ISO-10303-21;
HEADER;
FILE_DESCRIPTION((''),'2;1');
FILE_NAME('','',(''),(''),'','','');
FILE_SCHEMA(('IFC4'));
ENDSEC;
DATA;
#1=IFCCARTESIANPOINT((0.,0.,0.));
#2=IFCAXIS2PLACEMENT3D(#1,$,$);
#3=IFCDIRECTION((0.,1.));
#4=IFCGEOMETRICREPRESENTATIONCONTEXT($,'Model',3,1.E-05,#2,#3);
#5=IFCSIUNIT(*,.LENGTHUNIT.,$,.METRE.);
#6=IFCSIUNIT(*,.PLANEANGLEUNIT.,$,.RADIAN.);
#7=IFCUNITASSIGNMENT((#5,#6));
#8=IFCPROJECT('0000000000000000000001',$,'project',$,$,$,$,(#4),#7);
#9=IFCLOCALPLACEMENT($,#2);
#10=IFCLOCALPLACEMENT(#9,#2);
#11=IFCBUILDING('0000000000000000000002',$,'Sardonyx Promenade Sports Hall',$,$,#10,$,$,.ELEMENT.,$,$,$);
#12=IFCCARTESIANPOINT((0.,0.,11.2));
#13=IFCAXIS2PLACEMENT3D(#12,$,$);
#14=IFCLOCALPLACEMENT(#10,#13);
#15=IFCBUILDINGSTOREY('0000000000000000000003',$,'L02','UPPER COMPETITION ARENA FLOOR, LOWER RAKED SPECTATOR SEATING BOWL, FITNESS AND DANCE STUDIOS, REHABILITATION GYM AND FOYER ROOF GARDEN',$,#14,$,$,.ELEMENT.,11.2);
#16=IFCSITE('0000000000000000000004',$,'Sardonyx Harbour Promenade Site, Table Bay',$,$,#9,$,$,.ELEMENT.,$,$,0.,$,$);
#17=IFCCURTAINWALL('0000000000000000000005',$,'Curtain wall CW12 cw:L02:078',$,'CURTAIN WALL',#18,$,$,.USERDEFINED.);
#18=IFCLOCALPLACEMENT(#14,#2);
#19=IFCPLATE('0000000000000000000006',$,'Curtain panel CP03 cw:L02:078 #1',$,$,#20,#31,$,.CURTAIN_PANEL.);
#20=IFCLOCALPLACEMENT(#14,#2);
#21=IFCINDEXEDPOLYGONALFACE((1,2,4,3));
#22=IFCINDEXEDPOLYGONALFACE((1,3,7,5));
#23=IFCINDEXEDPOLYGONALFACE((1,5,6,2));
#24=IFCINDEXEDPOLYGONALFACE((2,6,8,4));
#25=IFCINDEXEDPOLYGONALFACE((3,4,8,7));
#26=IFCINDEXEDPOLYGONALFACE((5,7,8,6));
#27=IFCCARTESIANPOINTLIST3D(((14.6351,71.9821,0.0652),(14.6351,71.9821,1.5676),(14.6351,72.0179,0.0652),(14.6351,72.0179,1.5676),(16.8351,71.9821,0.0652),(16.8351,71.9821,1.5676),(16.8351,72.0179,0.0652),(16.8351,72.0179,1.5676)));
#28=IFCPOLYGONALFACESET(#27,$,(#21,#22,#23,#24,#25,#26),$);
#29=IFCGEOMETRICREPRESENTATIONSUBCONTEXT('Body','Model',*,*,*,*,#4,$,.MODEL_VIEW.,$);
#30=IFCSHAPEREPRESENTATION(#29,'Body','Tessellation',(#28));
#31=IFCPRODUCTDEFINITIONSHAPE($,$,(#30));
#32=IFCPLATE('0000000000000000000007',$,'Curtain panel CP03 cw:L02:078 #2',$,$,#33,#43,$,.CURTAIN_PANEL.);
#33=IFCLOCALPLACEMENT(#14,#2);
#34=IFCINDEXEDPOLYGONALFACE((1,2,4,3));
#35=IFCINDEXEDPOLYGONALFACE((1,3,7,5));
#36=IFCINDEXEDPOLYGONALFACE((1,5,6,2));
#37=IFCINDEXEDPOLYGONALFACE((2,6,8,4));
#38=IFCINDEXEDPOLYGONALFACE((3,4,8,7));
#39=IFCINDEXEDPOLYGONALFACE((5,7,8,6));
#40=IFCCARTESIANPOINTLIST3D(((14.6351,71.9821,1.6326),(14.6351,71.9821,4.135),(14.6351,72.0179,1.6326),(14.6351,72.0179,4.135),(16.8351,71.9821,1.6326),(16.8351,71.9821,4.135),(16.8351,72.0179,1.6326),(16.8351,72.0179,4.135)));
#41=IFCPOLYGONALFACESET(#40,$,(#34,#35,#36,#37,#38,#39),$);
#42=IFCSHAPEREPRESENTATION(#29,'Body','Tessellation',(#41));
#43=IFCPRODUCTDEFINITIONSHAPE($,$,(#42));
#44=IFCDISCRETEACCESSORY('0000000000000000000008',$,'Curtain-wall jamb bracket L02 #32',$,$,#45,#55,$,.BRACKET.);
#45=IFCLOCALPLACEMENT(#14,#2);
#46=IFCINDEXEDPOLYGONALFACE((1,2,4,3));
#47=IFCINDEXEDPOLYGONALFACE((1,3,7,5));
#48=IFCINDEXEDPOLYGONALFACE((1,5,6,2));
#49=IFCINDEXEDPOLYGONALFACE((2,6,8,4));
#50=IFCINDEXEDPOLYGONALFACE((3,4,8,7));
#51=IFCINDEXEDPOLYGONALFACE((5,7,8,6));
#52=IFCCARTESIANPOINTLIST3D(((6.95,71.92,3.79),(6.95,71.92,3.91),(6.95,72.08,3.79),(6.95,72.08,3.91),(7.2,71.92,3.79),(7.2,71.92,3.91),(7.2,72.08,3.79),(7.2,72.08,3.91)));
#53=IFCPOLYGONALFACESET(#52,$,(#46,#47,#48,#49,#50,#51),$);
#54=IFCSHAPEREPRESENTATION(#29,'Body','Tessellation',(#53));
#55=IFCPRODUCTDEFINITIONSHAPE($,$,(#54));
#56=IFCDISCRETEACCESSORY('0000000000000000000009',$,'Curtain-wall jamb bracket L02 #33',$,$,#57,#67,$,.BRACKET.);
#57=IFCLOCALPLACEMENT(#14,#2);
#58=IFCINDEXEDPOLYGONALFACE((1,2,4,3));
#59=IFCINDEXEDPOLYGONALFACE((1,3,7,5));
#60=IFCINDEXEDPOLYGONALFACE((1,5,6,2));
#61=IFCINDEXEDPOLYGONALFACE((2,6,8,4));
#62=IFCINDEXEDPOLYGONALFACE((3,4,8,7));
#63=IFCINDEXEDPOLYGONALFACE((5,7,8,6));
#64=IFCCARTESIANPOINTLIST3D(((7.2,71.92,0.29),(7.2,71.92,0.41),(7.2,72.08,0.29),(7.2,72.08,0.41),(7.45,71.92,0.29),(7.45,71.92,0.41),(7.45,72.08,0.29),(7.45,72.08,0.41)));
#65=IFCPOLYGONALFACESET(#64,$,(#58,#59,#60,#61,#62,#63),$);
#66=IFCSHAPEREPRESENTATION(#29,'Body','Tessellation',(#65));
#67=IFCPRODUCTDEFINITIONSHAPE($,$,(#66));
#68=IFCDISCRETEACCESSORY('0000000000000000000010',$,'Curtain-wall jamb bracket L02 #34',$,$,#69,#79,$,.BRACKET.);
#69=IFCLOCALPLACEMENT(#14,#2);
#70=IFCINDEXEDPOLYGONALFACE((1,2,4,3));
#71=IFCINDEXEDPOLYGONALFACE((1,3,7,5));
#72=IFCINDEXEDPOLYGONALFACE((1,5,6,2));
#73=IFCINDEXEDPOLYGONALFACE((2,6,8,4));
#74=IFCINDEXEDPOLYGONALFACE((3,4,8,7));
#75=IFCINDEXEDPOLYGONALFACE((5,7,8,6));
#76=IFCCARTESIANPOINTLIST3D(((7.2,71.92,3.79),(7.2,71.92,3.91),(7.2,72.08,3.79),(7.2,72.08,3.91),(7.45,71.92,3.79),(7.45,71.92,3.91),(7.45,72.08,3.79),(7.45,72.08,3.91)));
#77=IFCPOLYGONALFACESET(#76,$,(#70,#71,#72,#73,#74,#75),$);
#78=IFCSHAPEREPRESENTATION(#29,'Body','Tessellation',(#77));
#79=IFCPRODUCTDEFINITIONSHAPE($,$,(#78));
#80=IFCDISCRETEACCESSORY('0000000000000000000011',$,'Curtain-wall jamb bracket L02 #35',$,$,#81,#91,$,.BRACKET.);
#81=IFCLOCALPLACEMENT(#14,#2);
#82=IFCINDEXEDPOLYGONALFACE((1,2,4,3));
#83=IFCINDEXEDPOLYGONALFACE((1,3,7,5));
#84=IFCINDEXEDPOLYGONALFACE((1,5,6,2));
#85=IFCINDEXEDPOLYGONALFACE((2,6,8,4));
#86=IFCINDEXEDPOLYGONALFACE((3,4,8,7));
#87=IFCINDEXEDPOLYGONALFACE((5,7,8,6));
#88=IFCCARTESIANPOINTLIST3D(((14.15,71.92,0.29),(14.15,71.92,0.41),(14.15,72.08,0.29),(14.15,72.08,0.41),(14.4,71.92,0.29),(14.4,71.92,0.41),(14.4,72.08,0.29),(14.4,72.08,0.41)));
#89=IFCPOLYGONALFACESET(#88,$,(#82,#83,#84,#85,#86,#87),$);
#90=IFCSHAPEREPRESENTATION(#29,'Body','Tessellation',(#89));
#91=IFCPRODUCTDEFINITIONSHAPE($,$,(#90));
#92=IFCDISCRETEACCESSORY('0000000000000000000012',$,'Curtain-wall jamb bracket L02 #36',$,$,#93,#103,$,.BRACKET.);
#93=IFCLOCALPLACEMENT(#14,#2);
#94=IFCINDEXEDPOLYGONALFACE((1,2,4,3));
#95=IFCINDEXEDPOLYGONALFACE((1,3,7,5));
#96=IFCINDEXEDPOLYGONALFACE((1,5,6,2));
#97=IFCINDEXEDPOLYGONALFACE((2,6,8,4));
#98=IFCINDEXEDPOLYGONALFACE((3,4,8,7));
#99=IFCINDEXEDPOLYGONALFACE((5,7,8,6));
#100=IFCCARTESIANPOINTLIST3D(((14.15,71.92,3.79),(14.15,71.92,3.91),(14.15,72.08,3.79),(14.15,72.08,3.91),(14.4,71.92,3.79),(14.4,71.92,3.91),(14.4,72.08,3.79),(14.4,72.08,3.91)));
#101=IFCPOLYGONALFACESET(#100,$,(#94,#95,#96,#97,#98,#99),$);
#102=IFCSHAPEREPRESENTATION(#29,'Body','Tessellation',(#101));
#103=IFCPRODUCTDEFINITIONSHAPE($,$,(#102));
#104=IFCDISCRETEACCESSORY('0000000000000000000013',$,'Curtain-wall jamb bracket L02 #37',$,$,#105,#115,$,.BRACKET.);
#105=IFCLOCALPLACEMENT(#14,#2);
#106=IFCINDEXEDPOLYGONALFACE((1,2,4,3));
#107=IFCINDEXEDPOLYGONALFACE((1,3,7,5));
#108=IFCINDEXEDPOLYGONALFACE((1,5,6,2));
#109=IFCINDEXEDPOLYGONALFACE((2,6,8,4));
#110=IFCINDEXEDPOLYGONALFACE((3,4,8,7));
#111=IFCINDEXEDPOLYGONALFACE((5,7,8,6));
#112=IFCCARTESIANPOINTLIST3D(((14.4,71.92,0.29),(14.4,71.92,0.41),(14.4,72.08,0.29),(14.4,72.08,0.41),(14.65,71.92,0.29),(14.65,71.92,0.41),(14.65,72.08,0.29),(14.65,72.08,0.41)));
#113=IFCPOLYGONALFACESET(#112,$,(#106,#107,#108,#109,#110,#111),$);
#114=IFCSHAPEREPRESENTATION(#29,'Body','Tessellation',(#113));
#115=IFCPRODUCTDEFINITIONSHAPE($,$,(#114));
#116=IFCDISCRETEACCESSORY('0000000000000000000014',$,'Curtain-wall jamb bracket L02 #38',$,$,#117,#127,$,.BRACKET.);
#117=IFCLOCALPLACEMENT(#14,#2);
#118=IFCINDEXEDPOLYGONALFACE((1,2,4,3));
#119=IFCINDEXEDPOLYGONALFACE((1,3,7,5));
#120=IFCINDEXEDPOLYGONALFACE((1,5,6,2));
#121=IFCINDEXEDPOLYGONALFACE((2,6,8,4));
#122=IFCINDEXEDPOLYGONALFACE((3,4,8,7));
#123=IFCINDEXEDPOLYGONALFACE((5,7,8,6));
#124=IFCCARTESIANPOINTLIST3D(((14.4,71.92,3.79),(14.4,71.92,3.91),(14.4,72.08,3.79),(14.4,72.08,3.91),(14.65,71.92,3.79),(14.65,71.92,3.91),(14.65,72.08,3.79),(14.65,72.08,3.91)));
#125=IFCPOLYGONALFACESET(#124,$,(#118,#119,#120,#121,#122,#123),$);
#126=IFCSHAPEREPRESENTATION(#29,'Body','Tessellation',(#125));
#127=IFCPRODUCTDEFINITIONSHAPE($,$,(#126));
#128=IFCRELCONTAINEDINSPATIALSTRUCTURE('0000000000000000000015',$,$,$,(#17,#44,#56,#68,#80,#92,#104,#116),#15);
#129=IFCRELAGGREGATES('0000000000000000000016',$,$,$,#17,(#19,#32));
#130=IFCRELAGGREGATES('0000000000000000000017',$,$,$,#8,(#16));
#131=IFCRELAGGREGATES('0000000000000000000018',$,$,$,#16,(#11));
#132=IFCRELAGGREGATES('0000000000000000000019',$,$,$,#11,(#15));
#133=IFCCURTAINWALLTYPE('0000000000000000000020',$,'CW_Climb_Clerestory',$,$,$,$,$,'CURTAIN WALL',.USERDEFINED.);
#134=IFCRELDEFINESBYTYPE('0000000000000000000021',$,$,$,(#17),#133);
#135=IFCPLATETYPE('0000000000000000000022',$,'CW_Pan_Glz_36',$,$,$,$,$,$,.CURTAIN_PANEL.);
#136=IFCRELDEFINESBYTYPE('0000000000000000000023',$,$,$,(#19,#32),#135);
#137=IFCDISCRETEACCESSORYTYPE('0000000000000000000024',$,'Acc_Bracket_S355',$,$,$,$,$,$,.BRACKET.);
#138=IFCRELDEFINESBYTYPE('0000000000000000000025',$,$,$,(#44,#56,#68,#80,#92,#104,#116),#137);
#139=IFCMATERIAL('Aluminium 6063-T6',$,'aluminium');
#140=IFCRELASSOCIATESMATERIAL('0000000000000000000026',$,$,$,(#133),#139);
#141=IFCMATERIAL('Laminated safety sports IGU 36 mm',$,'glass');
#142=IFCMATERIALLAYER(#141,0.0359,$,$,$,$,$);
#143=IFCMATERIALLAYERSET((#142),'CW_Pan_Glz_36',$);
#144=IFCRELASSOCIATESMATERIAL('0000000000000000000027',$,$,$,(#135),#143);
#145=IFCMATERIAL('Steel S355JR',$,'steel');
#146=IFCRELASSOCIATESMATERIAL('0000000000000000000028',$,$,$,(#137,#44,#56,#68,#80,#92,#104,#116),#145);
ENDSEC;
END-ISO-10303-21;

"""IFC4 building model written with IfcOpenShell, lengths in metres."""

from ifc_helpers import new_model, si_unit, direction, frame, origin, origin_2d, place, context, subcontext, project, spatial, rectangle, extrude, material, layer, layer_set, type_object, element, aggregate, save


model = new_model("IFC4")

# Units and contexts
model_context = context("Model", 3, precision=1e-05, world=origin(), true_north=direction((0.0, 1.0)))
body_context = subcontext(model_context, "Body", "Model", "MODEL_VIEW")
ifc_project = project(units=[si_unit("LENGTHUNIT", "METRE"), si_unit("PLANEANGLEUNIT", "RADIAN")], contexts=[model_context])

# Site, building, storey
site_placement = place(None, origin())
site = spatial("IfcSite", under=ifc_project, at=site_placement, Name="Sardonyx Harbour Promenade Site, Table Bay", CompositionType="ELEMENT", RefElevation=0.0)
building_placement = place(site_placement, origin())
building = spatial("IfcBuilding", under=site, at=building_placement, Name="Sardonyx Promenade Sports Hall", CompositionType="ELEMENT")
storey_placement = place(building_placement, frame((0.0, 0.0, 11.2)))
storey = spatial("IfcBuildingStorey", under=building, at=storey_placement, Name="L02", Description="UPPER COMPETITION ARENA FLOOR, LOWER RAKED SPECTATOR SEATING BOWL, FITNESS AND DANCE STUDIOS, REHABILITATION GYM AND FOYER ROOF GARDEN", CompositionType="ELEMENT", Elevation=11.2)

# Curtain wall
ifc_material_1 = material(Name="Aluminium 6063-T6", Category="aluminium")
curtain_wall_type = type_object("IfcCurtainWallType", Name="CW_Climb_Clerestory", ElementType="CURTAIN WALL", PredefinedType="USERDEFINED", material=ifc_material_1)
curtain_wall_1_placement = place(storey_placement, origin())
curtain_wall_1 = element("IfcCurtainWall", 1, at=curtain_wall_1_placement, inside=storey, type_object=curtain_wall_type, Name="Curtain wall CW12 cw:L02:078", ObjectType="CURTAIN WALL", PredefinedType="USERDEFINED")

# Plates
ifc_material_2 = material(Name="Laminated safety sports IGU 36 mm", Category="glass")
ifc_layer = layer(ifc_material_2, 0.0359)
ifc_layer_set = layer_set([ifc_layer], Name="CW_Pan_Glz_36")
plate_type = type_object("IfcPlateType", Name="CW_Pan_Glz_36", PredefinedType="CURTAIN_PANEL", material=ifc_layer_set)
plate_1_placement = place(storey_placement, frame((15.7351, 72.0, 0.0652), z_axis=(0.0, 0.0, 1.0), x_axis=(1.0, 0.0, 0.0)))
plate_1 = element("IfcPlate", 2, at=plate_1_placement, type_object=plate_type, Name="Curtain panel CP03 cw:L02:078 #1", PredefinedType="CURTAIN_PANEL", context=body_context, shape_type="SweptSolid", body=[
    extrude(rectangle(XDim=2.2, YDim=0.0359, at=origin_2d()), origin(), (0.0, 0.0, 1.0), 1.5024),
])
plate_2_placement = place(storey_placement, frame((15.7351, 72.0, 1.6326), z_axis=(0.0, 0.0, 1.0), x_axis=(1.0, 0.0, 0.0)))
plate_2 = element("IfcPlate", 3, at=plate_2_placement, type_object=plate_type, Name="Curtain panel CP03 cw:L02:078 #2", PredefinedType="CURTAIN_PANEL", context=body_context, shape_type="SweptSolid", body=[
    extrude(rectangle(XDim=2.2, YDim=0.0359, at=origin_2d()), origin(), (0.0, 0.0, 1.0), 2.5024),
])
aggregate(curtain_wall_1, [plate_1, plate_2])

# Discrete accessories
ifc_material_3 = material(Name="Steel S355JR", Category="steel")
discrete_accessory_type = type_object("IfcDiscreteAccessoryType", Name="Acc_Bracket_S355", PredefinedType="BRACKET", material=ifc_material_3)
for number, where, z_axis, x_axis, name in (
    (4, (7.075, 72.0, 3.79), (0.0, 0.0, 1.0), (1.0, 0.0, 0.0), "Curtain-wall jamb bracket L02 #32"),
    (5, (7.325, 72.0, 0.29), (0.0, 0.0, 1.0), (1.0, 0.0, 0.0), "Curtain-wall jamb bracket L02 #33"),
    (6, (7.325, 72.0, 3.79), (0.0, 0.0, 1.0), (1.0, 0.0, 0.0), "Curtain-wall jamb bracket L02 #34"),
    (7, (14.275, 72.0, 0.29), (0.0, 0.0, 1.0), (1.0, 0.0, 0.0), "Curtain-wall jamb bracket L02 #35"),
    (8, (14.275, 72.0, 3.79), (0.0, 0.0, 1.0), (1.0, 0.0, 0.0), "Curtain-wall jamb bracket L02 #36"),
    (9, (14.525, 72.0, 0.29), (0.0, 0.0, 1.0), (1.0, 0.0, 0.0), "Curtain-wall jamb bracket L02 #37"),
    (10, (14.525, 72.0, 3.79), (0.0, 0.0, 1.0), (1.0, 0.0, 0.0), "Curtain-wall jamb bracket L02 #38"),
):
    element("IfcDiscreteAccessory", number, at=place(storey_placement, frame(where, z_axis=z_axis, x_axis=x_axis)), inside=storey, type_object=discrete_accessory_type, material=ifc_material_3, Name=name, PredefinedType="BRACKET", context=body_context, shape_type="SweptSolid", body=[
        extrude(rectangle(XDim=0.25, YDim=0.16), origin(), (0.0, 0.0, 1.0), 0.12),
    ])

save(model, "model.ifc")
